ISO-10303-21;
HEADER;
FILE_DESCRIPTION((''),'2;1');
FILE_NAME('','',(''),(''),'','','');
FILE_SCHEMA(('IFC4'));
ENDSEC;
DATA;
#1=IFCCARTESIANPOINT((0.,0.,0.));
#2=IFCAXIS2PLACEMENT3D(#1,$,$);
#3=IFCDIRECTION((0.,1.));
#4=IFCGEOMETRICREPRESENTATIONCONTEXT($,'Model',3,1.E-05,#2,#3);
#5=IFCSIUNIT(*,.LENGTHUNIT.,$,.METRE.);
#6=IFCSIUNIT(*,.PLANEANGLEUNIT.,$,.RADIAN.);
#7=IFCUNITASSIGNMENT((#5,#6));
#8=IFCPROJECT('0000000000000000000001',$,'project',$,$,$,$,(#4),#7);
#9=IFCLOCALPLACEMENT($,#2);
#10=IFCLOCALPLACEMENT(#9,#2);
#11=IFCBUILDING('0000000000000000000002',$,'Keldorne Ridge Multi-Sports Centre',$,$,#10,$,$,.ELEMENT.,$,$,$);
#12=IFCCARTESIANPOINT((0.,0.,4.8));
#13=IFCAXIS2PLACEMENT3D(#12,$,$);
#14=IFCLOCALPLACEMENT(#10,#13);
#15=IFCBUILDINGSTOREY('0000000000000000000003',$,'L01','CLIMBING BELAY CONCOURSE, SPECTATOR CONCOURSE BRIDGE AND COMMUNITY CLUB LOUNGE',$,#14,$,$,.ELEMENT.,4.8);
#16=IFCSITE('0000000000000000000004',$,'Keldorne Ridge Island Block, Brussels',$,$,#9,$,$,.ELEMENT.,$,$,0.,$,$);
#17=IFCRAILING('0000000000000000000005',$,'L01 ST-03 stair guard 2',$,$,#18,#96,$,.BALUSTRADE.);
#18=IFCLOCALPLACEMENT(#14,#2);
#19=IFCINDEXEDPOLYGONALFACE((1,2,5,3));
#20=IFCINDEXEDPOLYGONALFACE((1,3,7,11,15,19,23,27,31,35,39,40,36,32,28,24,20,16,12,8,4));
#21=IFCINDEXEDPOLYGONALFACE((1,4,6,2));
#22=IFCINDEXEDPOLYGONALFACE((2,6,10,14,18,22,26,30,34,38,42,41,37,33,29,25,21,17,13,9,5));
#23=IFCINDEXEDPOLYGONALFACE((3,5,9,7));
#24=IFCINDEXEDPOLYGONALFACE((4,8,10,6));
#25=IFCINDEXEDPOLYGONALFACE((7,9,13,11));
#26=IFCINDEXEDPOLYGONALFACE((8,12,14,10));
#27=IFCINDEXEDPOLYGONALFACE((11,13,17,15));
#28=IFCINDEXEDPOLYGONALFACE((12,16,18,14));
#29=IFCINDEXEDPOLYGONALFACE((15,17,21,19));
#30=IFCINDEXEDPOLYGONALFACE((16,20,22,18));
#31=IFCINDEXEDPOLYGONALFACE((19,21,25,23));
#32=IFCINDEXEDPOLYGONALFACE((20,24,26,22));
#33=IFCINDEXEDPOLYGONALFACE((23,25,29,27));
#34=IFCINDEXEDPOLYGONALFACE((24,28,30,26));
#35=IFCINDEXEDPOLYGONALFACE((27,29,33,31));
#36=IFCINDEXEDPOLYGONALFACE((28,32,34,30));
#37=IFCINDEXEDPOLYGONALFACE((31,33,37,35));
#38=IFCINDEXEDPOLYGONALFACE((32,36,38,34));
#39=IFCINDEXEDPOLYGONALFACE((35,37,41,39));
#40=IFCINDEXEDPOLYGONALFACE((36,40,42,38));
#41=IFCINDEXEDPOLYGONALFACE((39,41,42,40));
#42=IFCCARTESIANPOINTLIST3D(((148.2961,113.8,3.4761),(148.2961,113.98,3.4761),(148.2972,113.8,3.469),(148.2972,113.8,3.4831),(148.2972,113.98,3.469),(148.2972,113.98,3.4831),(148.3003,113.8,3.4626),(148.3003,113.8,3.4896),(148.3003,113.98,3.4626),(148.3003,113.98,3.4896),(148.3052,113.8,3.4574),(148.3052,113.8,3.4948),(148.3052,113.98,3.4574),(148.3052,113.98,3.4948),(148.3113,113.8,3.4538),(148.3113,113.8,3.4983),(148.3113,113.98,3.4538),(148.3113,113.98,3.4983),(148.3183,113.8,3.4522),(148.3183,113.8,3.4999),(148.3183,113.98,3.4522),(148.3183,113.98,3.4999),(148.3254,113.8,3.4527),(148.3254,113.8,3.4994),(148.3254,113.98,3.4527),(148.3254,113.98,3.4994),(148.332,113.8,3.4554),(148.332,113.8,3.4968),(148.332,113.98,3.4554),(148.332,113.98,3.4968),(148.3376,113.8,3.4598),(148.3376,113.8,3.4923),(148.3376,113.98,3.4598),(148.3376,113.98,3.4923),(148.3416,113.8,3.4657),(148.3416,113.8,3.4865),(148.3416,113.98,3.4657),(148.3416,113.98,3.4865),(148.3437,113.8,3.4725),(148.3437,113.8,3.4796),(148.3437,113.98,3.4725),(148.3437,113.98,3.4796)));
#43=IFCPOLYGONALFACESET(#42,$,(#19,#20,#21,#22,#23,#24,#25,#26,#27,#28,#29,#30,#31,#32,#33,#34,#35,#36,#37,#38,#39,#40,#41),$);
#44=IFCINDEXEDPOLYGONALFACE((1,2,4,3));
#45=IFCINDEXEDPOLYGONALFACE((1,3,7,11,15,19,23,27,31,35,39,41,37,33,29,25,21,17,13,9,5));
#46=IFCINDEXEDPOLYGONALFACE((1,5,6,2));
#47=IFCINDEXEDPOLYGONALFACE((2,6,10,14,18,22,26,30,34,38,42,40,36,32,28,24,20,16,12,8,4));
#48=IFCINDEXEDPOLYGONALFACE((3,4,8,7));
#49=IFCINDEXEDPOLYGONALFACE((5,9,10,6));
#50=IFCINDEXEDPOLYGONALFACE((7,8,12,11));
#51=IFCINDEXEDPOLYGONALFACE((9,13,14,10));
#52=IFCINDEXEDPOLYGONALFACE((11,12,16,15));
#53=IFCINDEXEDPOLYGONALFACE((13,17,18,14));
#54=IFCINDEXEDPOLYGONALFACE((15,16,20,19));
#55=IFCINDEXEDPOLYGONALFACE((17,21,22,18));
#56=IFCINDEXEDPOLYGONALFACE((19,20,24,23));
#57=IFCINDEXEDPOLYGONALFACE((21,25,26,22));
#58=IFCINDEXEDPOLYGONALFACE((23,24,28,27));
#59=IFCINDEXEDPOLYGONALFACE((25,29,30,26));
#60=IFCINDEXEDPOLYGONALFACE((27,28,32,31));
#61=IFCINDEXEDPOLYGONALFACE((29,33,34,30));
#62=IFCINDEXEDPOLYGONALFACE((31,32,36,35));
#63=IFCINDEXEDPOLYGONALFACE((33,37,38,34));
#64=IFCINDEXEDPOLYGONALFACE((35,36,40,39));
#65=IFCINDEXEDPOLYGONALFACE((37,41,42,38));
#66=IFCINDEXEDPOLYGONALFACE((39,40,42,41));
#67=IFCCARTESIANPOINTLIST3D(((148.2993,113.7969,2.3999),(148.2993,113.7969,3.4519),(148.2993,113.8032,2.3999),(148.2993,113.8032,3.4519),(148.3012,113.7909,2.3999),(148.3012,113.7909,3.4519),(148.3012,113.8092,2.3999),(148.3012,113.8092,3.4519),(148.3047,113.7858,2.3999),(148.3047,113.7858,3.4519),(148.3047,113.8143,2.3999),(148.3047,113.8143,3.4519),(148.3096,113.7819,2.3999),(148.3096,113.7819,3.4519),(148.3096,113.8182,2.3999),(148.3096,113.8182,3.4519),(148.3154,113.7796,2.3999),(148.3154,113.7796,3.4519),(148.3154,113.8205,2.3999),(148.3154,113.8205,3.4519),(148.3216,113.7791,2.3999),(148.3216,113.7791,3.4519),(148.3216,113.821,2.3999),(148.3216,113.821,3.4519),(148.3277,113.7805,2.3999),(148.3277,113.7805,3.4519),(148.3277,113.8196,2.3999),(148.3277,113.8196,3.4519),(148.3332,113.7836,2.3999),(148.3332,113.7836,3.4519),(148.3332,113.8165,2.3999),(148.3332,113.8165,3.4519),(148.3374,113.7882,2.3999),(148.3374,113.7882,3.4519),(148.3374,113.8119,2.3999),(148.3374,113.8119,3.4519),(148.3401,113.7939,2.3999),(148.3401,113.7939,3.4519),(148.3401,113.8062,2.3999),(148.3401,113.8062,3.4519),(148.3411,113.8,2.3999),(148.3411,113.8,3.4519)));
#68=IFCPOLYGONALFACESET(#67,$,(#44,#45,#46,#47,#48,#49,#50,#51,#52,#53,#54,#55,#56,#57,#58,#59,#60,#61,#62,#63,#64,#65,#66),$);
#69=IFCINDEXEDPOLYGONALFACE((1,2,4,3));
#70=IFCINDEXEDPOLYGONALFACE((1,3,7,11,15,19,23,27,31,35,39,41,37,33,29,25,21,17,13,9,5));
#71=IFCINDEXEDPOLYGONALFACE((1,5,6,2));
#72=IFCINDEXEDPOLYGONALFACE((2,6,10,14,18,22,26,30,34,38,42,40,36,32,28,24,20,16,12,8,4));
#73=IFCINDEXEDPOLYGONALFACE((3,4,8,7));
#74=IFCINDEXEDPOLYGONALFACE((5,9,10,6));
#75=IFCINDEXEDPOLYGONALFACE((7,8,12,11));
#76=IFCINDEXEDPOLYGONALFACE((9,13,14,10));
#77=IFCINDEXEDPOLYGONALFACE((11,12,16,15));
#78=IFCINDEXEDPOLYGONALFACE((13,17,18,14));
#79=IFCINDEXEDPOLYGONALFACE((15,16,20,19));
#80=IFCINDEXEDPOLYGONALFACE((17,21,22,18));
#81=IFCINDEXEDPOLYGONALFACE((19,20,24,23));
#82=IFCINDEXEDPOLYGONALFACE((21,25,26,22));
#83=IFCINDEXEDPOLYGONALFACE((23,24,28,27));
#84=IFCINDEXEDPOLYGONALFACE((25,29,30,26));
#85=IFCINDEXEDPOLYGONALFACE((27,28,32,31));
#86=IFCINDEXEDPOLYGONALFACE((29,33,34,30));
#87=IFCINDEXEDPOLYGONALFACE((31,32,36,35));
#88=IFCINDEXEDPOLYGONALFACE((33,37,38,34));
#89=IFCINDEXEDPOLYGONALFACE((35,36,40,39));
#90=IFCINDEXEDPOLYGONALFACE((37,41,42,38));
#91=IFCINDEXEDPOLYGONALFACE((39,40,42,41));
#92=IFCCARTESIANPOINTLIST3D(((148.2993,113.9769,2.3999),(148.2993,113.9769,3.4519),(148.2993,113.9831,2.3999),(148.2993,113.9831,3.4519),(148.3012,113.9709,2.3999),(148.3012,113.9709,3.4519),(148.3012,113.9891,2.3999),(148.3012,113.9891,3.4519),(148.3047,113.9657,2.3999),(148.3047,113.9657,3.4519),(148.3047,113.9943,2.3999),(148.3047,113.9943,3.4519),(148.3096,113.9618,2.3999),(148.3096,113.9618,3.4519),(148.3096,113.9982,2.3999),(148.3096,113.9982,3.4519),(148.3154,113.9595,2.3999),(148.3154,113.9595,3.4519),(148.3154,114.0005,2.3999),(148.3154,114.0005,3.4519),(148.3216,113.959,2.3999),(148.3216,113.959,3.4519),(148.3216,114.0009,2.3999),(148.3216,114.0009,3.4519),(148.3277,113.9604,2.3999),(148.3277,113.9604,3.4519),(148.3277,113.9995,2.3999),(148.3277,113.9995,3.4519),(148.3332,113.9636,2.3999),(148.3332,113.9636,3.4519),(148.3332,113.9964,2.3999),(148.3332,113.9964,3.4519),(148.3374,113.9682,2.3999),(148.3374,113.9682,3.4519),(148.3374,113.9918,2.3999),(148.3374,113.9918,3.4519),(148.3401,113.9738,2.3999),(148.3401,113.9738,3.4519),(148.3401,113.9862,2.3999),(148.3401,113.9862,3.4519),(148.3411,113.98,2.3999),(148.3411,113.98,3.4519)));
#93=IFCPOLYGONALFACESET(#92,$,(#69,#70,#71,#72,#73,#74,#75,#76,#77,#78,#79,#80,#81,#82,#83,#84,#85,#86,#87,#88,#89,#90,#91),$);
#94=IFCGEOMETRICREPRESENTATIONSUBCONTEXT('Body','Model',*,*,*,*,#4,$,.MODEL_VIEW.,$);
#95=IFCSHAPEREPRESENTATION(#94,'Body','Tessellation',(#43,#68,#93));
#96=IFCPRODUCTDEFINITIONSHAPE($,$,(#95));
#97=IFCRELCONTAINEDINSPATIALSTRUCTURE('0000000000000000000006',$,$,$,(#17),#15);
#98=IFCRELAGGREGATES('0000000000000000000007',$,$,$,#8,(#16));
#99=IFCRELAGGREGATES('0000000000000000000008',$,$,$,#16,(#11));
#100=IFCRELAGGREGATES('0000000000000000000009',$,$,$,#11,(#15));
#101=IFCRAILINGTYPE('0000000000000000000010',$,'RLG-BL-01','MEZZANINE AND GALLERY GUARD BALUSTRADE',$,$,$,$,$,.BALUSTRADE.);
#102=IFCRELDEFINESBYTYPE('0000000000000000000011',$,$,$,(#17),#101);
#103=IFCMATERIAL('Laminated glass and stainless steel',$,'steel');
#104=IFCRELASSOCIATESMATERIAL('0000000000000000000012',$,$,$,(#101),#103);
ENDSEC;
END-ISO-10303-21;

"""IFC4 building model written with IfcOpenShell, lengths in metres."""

from ifc_helpers import new_model, si_unit, direction, frame, origin, origin_2d, place, context, subcontext, project, spatial, circle, extrude, material, type_object, element, save


model = new_model("IFC4")

# Units and contexts
model_context = context("Model", 3, precision=1e-05, world=origin(), true_north=direction((0.0, 1.0)))
body_context = subcontext(model_context, "Body", "Model", "MODEL_VIEW")
ifc_project = project(units=[si_unit("LENGTHUNIT", "METRE"), si_unit("PLANEANGLEUNIT", "RADIAN")], contexts=[model_context])

# Site, building, storey
site_placement = place(None, origin())
site = spatial("IfcSite", under=ifc_project, at=site_placement, Name="Keldorne Ridge Island Block, Brussels", CompositionType="ELEMENT", RefElevation=0.0)
building_placement = place(site_placement, origin())
building = spatial("IfcBuilding", under=site, at=building_placement, Name="Keldorne Ridge Multi-Sports Centre", CompositionType="ELEMENT")
storey_placement = place(building_placement, frame((0.0, 0.0, 4.8)))
storey = spatial("IfcBuildingStorey", under=building, at=storey_placement, Name="L01", Description="CLIMBING BELAY CONCOURSE, SPECTATOR CONCOURSE BRIDGE AND COMMUNITY CLUB LOUNGE", CompositionType="ELEMENT", Elevation=4.8)

# Railing
ifc_material_1 = material(Name="Laminated glass and stainless steel", Category="steel")
railing_type_1 = type_object("IfcRailingType", Name="RLG-BL-01", Description="MEZZANINE AND GALLERY GUARD BALUSTRADE", PredefinedType="BALUSTRADE", material=ifc_material_1)
railing_1_placement = place(storey_placement, frame((148.3201, 113.8, 2.3999)))
element("IfcRailing", 1, at=railing_1_placement, inside=storey, type_object=railing_type_1, Name="L01 ST-03 stair guard 2", PredefinedType="BALUSTRADE", context=body_context, shape_type="SweptSolid", body=[
    extrude(circle(Radius=0.0239, at=origin_2d()), frame((0.0, 0.0, 1.0762), z_axis=(0.0, 1.0, 0.0), x_axis=(-1.0, 0.0, 0.0)), (0.0, 0.0, 1.0), 0.1799),
    extrude(circle(Radius=0.021, at=origin_2d()), origin(), (0.0, 0.0, 1.0), 1.052),
    extrude(circle(Radius=0.021, at=origin_2d()), frame((0.0, 0.1799, 0.0)), (0.0, 0.0, 1.0), 1.052),
])

save(model, "model.ifc")
